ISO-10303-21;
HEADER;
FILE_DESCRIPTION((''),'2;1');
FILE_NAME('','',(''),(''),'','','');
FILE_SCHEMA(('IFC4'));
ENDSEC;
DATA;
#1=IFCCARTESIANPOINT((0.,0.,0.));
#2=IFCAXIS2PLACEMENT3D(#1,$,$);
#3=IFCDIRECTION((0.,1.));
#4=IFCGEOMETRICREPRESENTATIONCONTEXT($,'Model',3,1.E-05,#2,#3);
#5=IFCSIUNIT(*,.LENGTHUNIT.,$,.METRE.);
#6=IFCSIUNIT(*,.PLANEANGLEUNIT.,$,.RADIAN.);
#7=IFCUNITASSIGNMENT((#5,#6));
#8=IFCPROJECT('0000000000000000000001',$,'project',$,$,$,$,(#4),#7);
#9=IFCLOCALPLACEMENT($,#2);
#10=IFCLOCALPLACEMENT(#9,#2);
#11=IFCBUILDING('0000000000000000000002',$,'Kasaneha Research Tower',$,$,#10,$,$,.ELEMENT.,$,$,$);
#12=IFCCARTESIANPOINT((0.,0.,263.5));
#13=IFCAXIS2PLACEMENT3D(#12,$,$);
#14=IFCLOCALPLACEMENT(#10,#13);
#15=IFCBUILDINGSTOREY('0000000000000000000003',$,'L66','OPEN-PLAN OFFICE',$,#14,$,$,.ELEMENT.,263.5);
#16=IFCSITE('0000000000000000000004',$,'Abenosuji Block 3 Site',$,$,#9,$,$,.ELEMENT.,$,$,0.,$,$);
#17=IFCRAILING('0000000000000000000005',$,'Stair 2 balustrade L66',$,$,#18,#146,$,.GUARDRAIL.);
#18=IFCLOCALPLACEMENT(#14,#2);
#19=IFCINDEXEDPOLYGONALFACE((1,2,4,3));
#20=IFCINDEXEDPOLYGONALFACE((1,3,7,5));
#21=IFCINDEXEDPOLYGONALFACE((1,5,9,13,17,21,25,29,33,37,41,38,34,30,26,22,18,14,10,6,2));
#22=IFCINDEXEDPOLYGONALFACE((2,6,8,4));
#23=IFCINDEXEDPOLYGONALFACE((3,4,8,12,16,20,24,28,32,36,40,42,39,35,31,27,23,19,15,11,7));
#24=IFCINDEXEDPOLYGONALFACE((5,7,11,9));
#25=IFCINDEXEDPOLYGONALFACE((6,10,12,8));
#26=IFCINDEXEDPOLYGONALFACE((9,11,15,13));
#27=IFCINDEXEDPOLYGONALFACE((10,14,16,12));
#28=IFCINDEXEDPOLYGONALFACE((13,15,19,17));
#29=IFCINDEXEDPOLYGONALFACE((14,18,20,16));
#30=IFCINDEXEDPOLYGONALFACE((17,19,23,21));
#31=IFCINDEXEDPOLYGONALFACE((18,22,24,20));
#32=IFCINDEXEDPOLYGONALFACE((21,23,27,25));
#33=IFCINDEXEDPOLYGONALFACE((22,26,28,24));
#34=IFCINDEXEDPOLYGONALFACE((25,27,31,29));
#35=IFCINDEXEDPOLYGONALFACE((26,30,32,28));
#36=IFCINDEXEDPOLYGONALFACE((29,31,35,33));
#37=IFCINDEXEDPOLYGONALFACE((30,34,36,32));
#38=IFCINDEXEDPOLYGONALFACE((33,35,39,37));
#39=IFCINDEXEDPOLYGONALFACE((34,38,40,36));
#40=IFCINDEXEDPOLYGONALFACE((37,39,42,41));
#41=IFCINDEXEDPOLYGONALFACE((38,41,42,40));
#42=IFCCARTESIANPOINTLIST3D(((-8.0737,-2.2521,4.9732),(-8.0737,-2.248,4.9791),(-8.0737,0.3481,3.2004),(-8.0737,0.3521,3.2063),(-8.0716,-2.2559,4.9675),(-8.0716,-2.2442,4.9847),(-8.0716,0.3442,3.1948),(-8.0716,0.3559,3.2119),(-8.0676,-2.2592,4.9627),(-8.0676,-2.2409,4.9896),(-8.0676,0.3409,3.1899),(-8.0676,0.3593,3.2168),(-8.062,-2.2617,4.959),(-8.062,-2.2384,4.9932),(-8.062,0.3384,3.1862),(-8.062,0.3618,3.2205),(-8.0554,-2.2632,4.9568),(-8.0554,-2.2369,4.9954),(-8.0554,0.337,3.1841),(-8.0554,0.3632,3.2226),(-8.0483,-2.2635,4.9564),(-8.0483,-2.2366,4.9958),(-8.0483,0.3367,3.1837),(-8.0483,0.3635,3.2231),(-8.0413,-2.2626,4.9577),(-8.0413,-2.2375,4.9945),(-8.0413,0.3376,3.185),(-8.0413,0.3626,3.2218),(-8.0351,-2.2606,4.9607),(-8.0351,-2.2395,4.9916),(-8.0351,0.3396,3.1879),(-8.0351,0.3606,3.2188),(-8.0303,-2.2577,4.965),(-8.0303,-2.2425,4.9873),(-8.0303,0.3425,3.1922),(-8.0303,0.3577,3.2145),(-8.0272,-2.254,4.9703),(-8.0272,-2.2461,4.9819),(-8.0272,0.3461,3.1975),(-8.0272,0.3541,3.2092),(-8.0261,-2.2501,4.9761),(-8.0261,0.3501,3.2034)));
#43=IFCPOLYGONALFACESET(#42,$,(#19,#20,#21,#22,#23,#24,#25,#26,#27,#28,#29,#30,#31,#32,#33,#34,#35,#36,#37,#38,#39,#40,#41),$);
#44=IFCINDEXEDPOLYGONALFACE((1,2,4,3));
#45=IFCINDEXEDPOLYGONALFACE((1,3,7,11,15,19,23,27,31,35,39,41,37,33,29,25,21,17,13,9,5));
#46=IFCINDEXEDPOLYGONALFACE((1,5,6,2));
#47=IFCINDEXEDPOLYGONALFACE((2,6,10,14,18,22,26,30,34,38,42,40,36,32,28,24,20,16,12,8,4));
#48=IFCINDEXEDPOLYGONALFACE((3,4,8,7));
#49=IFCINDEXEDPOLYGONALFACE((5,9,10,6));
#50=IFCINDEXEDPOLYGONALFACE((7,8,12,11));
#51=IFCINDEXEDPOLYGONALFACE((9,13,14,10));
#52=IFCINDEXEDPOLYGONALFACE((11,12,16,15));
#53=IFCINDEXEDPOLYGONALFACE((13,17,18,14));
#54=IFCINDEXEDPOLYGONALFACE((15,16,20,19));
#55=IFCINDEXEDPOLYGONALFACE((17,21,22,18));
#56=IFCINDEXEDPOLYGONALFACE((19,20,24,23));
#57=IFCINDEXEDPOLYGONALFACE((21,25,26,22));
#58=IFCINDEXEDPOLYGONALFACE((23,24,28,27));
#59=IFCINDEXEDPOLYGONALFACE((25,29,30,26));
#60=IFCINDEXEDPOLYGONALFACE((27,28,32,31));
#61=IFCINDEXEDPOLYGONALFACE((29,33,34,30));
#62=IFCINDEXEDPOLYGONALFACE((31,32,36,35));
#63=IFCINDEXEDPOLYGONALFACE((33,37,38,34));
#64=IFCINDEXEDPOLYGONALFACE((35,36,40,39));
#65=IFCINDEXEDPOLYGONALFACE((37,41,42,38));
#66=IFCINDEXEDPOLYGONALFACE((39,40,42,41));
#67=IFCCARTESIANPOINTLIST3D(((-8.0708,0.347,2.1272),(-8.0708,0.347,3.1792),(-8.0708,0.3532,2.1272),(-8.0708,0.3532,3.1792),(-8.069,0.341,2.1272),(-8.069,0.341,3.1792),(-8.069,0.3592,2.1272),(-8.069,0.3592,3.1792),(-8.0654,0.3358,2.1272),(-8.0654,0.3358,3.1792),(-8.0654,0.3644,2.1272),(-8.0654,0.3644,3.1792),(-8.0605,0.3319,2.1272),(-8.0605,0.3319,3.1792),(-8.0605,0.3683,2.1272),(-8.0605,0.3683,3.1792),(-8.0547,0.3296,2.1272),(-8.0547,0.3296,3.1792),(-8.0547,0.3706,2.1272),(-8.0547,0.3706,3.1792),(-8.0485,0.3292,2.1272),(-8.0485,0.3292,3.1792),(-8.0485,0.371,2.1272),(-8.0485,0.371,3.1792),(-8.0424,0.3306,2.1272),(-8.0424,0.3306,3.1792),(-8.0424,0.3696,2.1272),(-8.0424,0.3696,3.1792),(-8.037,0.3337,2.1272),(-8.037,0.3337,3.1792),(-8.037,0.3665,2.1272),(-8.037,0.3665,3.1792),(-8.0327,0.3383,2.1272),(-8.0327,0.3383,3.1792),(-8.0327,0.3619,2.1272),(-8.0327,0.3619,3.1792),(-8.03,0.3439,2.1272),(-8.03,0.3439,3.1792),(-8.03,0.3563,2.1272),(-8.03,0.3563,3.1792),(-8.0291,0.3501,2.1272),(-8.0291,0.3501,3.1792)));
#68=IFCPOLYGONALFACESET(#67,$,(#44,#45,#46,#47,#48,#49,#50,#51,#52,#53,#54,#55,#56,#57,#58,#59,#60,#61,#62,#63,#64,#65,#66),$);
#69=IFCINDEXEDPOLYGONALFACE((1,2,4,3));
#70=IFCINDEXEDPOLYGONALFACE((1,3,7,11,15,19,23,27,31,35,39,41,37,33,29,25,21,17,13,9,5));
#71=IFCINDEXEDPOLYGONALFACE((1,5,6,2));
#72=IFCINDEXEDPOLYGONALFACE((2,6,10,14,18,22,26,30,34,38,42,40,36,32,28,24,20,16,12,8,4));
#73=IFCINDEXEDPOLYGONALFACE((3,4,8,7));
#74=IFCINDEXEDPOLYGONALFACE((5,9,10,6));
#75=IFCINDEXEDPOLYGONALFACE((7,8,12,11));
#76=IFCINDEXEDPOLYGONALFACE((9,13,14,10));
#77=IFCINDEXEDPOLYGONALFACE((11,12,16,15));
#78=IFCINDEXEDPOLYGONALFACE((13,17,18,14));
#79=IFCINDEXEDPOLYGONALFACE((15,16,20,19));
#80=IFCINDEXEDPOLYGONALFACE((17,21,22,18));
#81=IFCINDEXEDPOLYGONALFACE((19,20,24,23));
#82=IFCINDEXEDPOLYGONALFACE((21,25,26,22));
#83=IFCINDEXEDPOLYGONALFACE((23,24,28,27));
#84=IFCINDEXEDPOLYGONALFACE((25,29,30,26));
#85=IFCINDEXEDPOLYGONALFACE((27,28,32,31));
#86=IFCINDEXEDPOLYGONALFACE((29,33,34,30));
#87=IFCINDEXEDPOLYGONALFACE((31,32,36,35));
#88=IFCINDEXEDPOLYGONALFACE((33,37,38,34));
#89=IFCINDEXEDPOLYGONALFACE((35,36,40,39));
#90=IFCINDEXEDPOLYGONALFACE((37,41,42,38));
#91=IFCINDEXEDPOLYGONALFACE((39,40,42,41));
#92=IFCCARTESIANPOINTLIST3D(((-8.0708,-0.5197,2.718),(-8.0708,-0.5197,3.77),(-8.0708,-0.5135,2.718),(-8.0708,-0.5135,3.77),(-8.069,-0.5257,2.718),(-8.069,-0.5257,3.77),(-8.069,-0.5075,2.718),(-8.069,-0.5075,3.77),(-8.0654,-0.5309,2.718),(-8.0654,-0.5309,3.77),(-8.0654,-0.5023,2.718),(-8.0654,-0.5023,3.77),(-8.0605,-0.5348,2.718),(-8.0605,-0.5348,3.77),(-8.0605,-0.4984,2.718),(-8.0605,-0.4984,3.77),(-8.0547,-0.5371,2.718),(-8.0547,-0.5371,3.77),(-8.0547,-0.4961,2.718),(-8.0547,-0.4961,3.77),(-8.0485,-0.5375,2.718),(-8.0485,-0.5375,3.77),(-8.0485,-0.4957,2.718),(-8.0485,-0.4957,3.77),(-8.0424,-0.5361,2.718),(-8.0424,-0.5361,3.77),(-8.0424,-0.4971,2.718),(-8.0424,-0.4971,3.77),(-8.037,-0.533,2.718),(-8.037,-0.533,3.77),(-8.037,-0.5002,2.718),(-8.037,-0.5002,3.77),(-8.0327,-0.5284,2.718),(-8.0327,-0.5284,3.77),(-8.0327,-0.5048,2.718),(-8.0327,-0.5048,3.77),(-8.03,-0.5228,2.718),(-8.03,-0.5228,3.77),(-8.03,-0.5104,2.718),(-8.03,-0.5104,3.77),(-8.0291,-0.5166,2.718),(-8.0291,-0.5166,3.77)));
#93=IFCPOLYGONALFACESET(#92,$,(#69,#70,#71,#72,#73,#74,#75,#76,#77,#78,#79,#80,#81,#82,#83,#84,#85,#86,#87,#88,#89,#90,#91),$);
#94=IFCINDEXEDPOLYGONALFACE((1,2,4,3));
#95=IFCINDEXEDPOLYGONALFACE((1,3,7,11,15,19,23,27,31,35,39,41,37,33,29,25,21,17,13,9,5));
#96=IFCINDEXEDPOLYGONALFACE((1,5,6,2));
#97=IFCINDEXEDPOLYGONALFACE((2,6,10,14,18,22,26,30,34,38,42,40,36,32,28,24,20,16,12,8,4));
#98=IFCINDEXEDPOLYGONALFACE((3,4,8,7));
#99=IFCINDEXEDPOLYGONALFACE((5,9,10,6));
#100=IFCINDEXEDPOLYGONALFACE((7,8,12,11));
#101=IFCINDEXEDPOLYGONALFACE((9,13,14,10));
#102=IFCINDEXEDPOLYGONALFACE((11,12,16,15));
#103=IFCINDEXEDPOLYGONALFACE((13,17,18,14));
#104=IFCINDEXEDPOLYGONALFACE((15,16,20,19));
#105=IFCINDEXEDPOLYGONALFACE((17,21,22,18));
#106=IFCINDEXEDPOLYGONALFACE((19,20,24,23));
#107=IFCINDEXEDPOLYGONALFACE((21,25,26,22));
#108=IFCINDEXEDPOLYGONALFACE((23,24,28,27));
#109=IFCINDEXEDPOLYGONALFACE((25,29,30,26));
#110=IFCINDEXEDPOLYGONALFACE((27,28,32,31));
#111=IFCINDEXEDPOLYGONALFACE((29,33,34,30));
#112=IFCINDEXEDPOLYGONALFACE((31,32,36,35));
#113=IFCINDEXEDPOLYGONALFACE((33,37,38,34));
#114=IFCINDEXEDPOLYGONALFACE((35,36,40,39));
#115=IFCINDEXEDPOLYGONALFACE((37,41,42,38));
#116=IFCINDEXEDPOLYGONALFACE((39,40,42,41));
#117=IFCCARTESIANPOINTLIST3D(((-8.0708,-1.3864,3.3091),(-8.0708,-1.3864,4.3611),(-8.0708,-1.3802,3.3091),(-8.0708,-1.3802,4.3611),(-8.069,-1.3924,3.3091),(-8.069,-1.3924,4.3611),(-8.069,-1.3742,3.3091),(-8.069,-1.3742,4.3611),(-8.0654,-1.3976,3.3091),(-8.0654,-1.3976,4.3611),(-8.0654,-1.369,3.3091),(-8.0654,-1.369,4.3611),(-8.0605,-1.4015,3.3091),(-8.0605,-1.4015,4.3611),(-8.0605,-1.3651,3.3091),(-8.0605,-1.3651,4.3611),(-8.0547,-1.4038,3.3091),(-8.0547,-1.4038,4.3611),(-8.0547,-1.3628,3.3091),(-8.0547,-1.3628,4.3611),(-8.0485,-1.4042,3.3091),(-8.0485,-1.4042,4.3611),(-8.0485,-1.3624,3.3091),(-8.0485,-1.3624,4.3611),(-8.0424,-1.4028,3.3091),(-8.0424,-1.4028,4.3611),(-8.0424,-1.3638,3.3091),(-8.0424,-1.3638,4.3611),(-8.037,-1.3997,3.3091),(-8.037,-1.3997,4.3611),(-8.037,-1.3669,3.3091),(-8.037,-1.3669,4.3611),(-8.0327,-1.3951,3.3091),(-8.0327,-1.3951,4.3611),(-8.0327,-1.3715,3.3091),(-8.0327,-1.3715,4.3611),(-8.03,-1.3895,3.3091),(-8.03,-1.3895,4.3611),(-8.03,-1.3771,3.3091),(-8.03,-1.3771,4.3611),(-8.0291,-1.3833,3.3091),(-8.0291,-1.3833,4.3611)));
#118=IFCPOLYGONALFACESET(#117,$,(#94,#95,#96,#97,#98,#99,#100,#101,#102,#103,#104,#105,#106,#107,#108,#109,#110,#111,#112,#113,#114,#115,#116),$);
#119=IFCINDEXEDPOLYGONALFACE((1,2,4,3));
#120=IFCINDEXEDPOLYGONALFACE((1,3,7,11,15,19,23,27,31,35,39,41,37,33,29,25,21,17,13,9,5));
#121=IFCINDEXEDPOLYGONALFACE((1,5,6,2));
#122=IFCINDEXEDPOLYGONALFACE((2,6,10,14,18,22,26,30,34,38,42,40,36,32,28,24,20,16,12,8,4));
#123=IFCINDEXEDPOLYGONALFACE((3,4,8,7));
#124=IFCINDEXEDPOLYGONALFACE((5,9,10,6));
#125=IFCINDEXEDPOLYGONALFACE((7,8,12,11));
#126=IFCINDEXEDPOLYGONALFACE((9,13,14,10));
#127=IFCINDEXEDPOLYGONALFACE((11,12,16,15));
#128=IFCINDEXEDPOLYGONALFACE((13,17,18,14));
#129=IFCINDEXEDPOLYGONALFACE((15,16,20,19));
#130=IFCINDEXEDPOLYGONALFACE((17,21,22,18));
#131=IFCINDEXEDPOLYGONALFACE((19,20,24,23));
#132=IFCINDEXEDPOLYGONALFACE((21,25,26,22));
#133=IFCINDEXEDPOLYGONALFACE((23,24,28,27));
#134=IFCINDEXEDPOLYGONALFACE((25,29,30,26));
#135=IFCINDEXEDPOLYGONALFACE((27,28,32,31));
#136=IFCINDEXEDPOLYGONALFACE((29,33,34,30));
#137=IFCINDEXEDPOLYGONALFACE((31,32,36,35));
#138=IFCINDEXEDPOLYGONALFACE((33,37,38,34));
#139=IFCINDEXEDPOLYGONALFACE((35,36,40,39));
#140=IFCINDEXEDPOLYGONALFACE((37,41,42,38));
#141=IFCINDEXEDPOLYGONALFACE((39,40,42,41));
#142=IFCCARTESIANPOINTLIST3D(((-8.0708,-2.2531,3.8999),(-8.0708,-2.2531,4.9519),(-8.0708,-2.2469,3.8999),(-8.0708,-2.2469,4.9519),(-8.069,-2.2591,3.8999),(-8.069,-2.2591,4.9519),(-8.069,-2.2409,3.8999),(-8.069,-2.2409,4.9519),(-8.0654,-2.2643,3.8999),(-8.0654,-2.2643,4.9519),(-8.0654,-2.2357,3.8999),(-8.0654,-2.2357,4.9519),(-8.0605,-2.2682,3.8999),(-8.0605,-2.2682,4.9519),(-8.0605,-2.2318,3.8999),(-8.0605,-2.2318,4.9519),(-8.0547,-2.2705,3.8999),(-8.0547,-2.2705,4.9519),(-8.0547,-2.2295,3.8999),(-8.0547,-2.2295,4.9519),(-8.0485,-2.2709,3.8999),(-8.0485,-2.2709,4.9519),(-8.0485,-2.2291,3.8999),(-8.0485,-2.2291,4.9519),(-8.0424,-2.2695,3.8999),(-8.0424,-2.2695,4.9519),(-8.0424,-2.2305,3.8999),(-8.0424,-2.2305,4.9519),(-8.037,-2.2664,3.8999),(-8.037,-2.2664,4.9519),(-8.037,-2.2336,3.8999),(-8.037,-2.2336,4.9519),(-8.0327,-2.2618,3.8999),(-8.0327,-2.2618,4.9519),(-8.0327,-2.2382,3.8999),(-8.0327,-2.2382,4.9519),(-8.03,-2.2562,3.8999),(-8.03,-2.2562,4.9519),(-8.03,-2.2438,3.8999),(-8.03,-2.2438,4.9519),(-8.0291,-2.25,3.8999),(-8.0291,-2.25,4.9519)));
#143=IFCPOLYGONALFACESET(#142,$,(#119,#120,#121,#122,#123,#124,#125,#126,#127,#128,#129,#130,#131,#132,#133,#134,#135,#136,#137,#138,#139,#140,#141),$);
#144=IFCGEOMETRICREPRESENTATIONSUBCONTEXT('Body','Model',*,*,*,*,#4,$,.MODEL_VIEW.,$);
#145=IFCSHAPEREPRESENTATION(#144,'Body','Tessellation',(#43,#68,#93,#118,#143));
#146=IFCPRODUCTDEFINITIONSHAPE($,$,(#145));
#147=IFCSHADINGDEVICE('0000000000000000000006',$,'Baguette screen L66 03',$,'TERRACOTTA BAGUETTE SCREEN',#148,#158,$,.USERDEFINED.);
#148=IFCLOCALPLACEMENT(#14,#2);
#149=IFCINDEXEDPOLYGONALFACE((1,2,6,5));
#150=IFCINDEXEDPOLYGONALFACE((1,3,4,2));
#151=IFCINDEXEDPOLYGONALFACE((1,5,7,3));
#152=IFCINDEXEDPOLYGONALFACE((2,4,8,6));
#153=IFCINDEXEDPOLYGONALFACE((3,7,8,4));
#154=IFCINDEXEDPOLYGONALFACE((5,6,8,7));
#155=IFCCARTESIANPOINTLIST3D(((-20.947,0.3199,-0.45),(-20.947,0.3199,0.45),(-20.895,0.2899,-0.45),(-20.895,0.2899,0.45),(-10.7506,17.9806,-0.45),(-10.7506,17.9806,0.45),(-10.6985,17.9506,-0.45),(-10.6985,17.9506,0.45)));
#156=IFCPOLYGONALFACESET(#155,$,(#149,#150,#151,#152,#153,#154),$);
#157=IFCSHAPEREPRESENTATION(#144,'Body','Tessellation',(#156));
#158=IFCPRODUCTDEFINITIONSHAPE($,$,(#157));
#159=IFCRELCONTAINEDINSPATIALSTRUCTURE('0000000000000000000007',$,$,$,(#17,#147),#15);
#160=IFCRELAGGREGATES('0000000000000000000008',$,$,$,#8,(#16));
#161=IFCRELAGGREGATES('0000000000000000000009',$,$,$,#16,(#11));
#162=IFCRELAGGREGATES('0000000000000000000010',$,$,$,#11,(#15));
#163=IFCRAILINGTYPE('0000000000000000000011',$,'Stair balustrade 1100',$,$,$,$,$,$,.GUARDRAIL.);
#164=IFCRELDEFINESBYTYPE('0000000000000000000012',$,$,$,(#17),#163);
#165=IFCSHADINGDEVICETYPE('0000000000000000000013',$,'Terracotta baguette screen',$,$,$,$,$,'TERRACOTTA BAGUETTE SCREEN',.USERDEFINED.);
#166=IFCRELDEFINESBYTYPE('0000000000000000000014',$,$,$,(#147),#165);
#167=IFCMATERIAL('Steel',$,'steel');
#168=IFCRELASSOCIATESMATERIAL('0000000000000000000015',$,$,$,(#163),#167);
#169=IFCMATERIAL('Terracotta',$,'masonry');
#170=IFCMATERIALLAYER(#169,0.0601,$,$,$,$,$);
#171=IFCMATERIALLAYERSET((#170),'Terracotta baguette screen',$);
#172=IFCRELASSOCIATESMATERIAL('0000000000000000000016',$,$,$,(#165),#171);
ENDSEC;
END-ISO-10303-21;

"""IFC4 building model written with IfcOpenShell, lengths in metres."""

from ifc_helpers import new_model, si_unit, direction, frame, origin, origin_2d, place, context, subcontext, project, spatial, rectangle, circle, extrude, material, layer, layer_set, type_object, element, save


model = new_model("IFC4")

# Units and contexts
model_context = context("Model", 3, precision=1e-05, world=origin(), true_north=direction((0.0, 1.0)))
body_context = subcontext(model_context, "Body", "Model", "MODEL_VIEW")
ifc_project = project(units=[si_unit("LENGTHUNIT", "METRE"), si_unit("PLANEANGLEUNIT", "RADIAN")], contexts=[model_context])

# Site, building, storey
site_placement = place(None, origin())
site = spatial("IfcSite", under=ifc_project, at=site_placement, Name="Abenosuji Block 3 Site", CompositionType="ELEMENT", RefElevation=0.0)
building_placement = place(site_placement, origin())
building = spatial("IfcBuilding", under=site, at=building_placement, Name="Kasaneha Research Tower", CompositionType="ELEMENT")
storey_placement = place(building_placement, frame((0.0, 0.0, 263.5)))
storey = spatial("IfcBuildingStorey", under=building, at=storey_placement, Name="L66", Description="OPEN-PLAN OFFICE", CompositionType="ELEMENT", Elevation=263.5)

# Railing
ifc_material_1 = material(Name="Steel", Category="steel")
railing_type = type_object("IfcRailingType", Name="Stair balustrade 1100", PredefinedType="GUARDRAIL", material=ifc_material_1)
railing_placement = place(storey_placement, frame((-8.05, 0.3501, 2.1272)))
element("IfcRailing", 1, at=railing_placement, inside=storey, type_object=railing_type, Name="Stair 2 balustrade L66", PredefinedType="GUARDRAIL", context=body_context, shape_type="SweptSolid", body=[
    extrude(circle(Radius=0.0239, at=origin_2d()), frame((0.0, 0.0, 1.0762), z_axis=(0.0, -0.82624, 0.563318), x_axis=(1.0, 0.0, 0.0)), (0.0, 0.0, 1.0), 3.147),
    extrude(circle(Radius=0.021, at=origin_2d()), origin(), (0.0, 0.0, 1.0), 1.052),
    extrude(circle(Radius=0.021, at=origin_2d()), frame((0.0, -0.8667, 0.5908)), (0.0, 0.0, 1.0), 1.052),
    extrude(circle(Radius=0.021, at=origin_2d()), frame((0.0, -1.7334, 1.1819)), (0.0, 0.0, 1.0), 1.052),
    extrude(circle(Radius=0.021, at=origin_2d()), frame((0.0, -2.6001, 1.7727)), (0.0, 0.0, 1.0), 1.052),
])

# Shading device
ifc_material_2 = material(Name="Terracotta", Category="masonry")
ifc_layer_1 = layer(ifc_material_2, 0.0601)
ifc_layer_set_1 = layer_set([ifc_layer_1], Name="Terracotta baguette screen")
shading_device_type = type_object("IfcShadingDeviceType", Name="Terracotta baguette screen", ElementType="TERRACOTTA BAGUETTE SCREEN", PredefinedType="USERDEFINED", material=ifc_layer_set_1)
shading_device_placement = place(storey_placement, frame((-15.8228, 9.1353, -0.45), z_axis=(0.0, 0.0, 1.0), x_axis=(-0.5, -0.866025, 0.0)))
element("IfcShadingDevice", 2, at=shading_device_placement, inside=storey, type_object=shading_device_type, Name="Baguette screen L66 03", ObjectType="TERRACOTTA BAGUETTE SCREEN", PredefinedType="USERDEFINED", context=body_context, shape_type="SweptSolid", body=[
    extrude(rectangle(XDim=20.3928, YDim=0.0601, at=origin_2d()), origin(), (0.0, 0.0, 1.0), 0.8999),
])

save(model, "model.ifc")
